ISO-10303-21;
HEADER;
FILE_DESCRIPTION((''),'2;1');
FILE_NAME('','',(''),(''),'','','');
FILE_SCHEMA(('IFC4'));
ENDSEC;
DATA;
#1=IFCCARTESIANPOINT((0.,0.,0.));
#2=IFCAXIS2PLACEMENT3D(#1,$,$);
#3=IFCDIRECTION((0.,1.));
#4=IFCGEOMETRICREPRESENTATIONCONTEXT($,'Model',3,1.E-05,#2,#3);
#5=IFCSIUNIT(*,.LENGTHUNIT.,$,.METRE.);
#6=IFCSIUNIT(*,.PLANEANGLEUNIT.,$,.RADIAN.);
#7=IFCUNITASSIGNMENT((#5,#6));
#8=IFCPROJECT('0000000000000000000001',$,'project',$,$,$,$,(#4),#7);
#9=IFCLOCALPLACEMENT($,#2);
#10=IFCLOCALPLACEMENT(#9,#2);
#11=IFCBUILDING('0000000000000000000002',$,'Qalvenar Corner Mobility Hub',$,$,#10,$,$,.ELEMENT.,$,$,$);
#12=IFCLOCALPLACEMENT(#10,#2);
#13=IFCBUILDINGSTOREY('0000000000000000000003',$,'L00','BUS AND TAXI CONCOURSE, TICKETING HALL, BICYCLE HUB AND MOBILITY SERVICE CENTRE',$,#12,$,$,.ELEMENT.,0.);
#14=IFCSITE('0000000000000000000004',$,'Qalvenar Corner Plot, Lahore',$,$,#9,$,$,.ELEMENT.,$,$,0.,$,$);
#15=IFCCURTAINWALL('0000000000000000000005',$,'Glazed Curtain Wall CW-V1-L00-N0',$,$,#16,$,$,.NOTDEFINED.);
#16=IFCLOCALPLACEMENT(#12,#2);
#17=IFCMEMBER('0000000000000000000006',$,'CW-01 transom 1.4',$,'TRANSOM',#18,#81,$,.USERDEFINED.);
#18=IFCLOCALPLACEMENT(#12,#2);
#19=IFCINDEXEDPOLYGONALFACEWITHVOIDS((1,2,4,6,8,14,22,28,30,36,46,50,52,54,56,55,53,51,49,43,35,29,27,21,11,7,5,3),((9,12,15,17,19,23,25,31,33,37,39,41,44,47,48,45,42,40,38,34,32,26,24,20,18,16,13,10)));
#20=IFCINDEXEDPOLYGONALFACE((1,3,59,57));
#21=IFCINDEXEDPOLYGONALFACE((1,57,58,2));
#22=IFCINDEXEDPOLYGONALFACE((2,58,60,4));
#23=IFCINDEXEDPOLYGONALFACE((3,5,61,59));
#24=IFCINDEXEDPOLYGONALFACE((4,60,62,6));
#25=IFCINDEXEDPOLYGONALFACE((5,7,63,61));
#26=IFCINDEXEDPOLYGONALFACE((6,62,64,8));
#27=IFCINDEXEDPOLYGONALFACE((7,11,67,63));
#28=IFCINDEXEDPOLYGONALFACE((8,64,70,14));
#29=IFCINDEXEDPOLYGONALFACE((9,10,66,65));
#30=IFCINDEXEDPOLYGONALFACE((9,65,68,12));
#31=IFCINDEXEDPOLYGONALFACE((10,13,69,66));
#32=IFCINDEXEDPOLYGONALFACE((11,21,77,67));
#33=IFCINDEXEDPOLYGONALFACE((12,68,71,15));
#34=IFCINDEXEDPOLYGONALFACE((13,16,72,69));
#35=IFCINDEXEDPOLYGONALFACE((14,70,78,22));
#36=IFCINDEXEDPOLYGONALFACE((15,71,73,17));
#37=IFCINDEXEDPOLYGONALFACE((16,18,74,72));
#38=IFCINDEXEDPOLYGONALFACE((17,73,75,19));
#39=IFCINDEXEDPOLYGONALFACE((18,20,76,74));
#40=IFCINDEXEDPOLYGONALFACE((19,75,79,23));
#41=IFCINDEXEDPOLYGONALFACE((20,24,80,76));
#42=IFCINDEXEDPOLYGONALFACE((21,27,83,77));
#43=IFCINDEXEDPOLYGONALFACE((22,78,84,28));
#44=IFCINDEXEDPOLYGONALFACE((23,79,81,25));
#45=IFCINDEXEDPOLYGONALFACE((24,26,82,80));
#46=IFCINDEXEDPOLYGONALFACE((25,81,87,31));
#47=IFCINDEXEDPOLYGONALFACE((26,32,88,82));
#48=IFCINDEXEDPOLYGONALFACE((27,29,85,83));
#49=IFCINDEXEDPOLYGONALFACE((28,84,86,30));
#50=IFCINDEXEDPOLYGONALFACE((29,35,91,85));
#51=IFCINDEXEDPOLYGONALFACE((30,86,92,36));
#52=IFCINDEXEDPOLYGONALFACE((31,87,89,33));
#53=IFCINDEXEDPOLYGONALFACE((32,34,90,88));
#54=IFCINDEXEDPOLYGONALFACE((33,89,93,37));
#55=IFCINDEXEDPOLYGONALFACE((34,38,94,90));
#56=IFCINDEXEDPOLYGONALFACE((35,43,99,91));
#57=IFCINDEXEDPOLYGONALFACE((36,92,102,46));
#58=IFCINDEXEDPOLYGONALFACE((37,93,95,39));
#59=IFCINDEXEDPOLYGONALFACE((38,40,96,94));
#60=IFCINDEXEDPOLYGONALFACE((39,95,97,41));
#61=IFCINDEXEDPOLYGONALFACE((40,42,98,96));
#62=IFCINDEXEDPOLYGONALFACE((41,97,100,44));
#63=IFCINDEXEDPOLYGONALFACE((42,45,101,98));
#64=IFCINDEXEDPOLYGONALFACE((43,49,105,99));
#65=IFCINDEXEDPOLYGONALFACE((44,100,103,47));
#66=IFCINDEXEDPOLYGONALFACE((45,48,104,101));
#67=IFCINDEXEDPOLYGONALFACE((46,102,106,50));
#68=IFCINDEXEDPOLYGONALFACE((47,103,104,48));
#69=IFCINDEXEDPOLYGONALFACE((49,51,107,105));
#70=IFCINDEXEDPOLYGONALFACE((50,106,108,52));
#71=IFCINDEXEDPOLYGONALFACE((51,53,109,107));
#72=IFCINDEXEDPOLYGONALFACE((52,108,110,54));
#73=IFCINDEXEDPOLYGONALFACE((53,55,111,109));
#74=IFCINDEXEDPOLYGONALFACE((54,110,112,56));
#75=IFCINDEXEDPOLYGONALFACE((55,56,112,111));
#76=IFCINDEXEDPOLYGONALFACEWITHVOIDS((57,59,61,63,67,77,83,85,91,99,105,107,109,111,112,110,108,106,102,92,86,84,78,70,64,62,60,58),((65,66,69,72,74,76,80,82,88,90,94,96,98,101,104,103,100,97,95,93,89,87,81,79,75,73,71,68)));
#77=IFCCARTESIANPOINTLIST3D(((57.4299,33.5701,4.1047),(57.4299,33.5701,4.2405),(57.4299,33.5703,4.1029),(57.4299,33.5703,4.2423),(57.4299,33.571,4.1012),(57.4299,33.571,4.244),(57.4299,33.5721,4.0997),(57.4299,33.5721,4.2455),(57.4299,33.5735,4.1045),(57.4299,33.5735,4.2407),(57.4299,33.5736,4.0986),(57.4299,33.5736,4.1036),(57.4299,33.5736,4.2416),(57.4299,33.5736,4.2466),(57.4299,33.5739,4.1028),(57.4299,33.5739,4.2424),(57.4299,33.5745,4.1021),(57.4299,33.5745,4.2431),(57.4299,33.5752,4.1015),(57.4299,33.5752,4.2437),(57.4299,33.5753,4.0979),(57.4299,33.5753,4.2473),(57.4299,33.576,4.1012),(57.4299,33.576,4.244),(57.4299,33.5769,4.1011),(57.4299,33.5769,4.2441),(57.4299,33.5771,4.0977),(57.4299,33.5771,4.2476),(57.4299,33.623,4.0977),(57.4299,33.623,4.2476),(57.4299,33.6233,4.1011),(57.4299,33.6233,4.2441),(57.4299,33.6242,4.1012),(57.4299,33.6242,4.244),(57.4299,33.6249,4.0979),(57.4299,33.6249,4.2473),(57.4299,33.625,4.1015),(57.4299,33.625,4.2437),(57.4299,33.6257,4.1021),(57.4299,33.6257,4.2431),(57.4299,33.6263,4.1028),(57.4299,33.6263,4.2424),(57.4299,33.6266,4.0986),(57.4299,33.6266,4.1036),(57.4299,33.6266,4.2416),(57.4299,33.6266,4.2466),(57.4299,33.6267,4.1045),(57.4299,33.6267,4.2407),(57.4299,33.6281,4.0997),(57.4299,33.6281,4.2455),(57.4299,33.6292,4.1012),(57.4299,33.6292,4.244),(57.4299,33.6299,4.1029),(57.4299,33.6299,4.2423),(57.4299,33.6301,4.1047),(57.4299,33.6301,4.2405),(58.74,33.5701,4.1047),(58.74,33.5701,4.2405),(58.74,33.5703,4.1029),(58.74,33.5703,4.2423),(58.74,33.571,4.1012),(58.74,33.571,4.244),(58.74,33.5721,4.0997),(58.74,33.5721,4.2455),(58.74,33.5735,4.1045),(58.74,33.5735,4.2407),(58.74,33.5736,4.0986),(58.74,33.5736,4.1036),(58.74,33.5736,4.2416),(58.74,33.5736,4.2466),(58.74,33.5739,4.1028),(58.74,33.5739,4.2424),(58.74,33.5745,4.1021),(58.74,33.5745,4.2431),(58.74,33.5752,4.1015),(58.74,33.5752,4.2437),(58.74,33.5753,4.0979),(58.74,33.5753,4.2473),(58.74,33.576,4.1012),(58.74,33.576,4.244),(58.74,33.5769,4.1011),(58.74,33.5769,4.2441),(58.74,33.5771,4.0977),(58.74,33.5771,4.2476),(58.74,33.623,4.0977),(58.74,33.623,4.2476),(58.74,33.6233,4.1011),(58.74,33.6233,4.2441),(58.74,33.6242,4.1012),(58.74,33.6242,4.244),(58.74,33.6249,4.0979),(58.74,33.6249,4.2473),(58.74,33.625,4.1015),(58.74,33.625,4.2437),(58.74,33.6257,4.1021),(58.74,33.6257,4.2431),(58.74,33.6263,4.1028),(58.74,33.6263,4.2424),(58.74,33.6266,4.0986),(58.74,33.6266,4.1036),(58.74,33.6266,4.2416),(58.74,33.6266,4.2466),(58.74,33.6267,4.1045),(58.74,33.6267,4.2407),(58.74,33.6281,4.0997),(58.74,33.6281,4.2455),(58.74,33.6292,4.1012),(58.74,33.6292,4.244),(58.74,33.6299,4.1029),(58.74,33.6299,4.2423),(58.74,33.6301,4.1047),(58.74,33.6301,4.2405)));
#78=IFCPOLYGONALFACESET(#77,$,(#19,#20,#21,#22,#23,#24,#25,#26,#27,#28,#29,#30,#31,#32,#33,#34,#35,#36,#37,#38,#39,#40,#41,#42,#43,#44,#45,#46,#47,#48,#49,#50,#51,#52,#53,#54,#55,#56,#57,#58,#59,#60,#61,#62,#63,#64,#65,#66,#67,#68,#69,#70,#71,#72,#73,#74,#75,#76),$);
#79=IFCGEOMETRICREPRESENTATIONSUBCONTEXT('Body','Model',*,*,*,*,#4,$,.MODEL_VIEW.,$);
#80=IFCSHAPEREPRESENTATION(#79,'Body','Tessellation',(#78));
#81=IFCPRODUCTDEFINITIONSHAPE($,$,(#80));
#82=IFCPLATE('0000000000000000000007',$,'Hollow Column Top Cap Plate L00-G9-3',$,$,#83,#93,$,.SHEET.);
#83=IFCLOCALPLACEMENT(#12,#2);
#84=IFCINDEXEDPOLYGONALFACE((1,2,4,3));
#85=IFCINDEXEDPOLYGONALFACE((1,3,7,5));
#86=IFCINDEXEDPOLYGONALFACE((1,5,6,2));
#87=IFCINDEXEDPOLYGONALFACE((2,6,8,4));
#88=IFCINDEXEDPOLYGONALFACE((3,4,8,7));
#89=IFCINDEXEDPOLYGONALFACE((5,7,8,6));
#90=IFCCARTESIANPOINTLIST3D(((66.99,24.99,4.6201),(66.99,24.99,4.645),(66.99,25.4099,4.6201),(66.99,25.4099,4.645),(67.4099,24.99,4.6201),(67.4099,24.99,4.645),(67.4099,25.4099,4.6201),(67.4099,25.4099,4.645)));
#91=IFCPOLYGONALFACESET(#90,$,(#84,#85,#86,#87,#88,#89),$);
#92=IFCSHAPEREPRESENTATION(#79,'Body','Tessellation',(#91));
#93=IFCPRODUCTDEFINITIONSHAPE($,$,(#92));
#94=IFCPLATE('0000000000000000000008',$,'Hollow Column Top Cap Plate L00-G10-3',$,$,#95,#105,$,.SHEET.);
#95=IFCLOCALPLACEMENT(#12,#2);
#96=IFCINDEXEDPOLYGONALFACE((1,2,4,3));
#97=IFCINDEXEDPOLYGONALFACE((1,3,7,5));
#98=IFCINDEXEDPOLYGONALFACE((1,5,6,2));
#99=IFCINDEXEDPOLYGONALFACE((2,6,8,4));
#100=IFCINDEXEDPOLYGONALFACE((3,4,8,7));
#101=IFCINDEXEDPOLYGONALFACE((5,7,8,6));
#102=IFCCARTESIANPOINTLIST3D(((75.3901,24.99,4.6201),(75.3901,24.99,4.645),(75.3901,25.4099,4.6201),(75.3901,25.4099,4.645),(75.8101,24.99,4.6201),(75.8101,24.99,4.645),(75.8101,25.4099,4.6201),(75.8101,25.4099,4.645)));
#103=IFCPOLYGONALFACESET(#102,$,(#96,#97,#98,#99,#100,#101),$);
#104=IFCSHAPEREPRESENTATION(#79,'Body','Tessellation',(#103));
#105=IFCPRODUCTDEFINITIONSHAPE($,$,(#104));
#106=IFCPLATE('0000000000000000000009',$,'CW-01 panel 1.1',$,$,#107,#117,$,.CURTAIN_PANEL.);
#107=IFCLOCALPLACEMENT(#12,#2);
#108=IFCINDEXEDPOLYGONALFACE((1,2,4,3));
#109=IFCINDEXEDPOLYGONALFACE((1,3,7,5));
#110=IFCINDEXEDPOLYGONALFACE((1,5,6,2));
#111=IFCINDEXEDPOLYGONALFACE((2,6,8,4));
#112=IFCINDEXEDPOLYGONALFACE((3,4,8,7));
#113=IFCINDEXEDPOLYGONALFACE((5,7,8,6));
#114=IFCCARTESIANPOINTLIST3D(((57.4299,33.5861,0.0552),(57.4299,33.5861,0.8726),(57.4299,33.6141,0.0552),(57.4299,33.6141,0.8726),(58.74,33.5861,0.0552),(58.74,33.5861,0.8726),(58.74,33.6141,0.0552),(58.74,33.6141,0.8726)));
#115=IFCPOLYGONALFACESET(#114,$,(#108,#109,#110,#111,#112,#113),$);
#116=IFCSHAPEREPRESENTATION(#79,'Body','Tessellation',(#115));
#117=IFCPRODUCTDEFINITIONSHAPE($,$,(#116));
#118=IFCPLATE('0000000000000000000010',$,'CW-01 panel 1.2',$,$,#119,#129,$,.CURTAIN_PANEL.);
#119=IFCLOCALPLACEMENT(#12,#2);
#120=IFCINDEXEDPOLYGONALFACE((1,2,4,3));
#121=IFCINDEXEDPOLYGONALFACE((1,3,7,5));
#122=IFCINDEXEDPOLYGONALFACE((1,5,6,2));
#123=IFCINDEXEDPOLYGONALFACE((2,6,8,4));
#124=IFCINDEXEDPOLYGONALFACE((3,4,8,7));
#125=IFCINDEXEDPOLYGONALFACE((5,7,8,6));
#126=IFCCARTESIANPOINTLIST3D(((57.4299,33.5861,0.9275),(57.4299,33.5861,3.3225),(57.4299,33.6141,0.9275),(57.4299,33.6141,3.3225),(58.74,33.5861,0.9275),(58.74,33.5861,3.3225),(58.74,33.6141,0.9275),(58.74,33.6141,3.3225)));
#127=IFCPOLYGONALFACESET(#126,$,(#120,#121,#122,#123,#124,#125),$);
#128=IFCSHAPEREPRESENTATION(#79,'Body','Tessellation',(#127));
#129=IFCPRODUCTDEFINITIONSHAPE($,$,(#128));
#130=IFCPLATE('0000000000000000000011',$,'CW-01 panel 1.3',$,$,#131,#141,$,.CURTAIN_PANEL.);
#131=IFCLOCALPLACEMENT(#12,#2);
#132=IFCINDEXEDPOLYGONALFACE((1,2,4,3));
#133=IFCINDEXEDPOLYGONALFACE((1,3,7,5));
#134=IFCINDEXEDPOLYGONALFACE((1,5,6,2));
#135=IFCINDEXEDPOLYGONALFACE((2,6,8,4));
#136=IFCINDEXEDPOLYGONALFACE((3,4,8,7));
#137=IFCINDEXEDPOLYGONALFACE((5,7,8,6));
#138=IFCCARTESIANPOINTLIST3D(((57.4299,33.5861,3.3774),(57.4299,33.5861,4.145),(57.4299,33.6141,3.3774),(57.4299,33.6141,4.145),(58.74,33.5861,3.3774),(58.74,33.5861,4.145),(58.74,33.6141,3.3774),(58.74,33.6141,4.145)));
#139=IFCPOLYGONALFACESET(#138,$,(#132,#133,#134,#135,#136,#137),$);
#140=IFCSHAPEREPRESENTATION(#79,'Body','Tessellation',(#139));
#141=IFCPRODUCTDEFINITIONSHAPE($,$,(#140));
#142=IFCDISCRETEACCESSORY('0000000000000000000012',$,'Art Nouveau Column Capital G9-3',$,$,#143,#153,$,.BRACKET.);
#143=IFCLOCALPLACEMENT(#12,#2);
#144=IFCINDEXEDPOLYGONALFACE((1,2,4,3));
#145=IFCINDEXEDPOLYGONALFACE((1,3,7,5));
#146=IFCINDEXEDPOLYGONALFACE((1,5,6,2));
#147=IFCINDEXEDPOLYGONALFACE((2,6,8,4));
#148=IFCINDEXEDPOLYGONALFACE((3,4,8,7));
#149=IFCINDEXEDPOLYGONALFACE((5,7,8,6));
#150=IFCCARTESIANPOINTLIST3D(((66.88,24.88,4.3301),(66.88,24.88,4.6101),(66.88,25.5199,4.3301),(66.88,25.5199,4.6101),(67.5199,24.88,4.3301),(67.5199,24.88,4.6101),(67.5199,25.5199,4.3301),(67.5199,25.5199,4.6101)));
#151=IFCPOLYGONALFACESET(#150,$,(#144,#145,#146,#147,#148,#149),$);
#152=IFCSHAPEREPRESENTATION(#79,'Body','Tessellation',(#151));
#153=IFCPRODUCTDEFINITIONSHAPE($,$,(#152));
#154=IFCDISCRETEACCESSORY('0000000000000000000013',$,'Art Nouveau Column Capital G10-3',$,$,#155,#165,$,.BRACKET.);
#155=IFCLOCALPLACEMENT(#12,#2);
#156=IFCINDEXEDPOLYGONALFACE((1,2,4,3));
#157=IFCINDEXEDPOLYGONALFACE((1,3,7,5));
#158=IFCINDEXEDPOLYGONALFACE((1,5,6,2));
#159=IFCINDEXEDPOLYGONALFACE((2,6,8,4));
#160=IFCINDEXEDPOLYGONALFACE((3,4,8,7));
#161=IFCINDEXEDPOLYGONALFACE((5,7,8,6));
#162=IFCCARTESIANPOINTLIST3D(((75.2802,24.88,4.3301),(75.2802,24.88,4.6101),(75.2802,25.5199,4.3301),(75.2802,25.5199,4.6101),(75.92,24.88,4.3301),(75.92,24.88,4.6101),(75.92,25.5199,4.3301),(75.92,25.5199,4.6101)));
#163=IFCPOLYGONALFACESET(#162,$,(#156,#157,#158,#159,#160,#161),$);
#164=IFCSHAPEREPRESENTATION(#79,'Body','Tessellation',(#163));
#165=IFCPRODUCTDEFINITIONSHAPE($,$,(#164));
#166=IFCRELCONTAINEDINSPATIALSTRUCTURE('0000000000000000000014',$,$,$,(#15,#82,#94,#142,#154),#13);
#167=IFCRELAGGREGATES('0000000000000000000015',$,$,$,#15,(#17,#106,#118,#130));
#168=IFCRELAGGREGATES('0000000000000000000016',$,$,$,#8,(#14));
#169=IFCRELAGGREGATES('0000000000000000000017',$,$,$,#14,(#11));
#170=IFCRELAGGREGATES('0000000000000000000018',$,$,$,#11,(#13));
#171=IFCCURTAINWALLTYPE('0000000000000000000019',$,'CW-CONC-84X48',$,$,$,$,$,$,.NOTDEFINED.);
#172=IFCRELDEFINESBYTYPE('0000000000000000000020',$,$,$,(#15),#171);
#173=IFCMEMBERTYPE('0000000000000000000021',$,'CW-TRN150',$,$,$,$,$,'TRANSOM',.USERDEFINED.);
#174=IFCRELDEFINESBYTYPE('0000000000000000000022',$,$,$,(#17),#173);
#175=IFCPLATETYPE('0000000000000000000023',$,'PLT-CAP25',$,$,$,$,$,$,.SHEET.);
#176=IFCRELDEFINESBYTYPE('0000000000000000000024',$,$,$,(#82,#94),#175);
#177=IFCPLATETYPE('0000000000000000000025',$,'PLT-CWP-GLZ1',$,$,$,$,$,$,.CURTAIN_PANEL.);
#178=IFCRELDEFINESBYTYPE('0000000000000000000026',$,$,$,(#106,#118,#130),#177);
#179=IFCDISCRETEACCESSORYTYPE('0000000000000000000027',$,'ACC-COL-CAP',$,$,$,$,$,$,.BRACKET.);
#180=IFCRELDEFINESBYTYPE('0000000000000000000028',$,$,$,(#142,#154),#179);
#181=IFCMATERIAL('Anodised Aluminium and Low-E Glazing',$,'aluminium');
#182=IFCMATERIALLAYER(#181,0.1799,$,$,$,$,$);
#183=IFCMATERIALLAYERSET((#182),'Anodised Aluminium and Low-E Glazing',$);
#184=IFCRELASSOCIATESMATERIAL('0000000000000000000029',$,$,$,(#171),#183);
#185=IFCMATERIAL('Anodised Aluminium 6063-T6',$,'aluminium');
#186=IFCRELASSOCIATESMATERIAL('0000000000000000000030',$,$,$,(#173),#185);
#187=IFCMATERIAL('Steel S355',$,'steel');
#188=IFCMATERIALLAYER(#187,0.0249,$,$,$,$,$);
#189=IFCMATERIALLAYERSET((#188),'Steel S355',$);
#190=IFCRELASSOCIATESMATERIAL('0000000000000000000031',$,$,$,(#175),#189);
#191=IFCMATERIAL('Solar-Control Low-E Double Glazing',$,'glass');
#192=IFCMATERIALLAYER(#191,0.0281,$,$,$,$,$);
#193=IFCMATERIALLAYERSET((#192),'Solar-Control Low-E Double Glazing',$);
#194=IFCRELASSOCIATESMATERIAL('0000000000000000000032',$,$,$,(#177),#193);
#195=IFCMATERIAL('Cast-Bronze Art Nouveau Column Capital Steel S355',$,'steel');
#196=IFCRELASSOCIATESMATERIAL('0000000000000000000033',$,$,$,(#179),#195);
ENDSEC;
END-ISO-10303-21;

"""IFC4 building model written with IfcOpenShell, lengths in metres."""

from ifc_helpers import new_model, si_unit, direction, frame, origin, origin_2d, place, context, subcontext, project, spatial, rectangle, hollow_rectangle, extrude, material, layer, layer_set, material_profile, profile_set, type_object, element, aggregate, save


model = new_model("IFC4")

# Units and contexts
model_context = context("Model", 3, precision=1e-05, world=origin(), true_north=direction((0.0, 1.0)))
body_context = subcontext(model_context, "Body", "Model", "MODEL_VIEW")
ifc_project = project(units=[si_unit("LENGTHUNIT", "METRE"), si_unit("PLANEANGLEUNIT", "RADIAN")], contexts=[model_context])

# Site, building, storey
site_placement = place(None, origin())
site = spatial("IfcSite", under=ifc_project, at=site_placement, Name="Qalvenar Corner Plot, Lahore", CompositionType="ELEMENT", RefElevation=0.0)
building_placement = place(site_placement, origin())
building = spatial("IfcBuilding", under=site, at=building_placement, Name="Qalvenar Corner Mobility Hub", CompositionType="ELEMENT")
storey_placement = place(building_placement, origin())
storey = spatial("IfcBuildingStorey", under=building, at=storey_placement, Name="L00", Description="BUS AND TAXI CONCOURSE, TICKETING HALL, BICYCLE HUB AND MOBILITY SERVICE CENTRE", CompositionType="ELEMENT", Elevation=0.0)

# Curtain wall, member
ifc_material_1 = material(Name="Anodised Aluminium and Low-E Glazing", Category="aluminium")
ifc_layer_1 = layer(ifc_material_1, 0.1799)
ifc_layer_set_1 = layer_set([ifc_layer_1], Name="Anodised Aluminium and Low-E Glazing")
curtain_wall_type = type_object("IfcCurtainWallType", Name="CW-CONC-84X48", PredefinedType="NOTDEFINED", material=ifc_layer_set_1)
curtain_wall_placement = place(storey_placement, origin())
curtain_wall = element("IfcCurtainWall", 1, at=curtain_wall_placement, inside=storey, type_object=curtain_wall_type, Name="Glazed Curtain Wall CW-V1-L00-N0", PredefinedType="NOTDEFINED")
ifc_material_2 = material(Name="Anodised Aluminium 6063-T6", Category="aluminium")
ifc_material_profile_1 = material_profile(ifc_material_2, hollow_rectangle(XDim=0.0601, YDim=0.1499, WallThickness=0.0034, InnerFilletRadius=0.0034, OuterFilletRadius=0.0071, at=origin_2d()), Name="RHS150x60x3.5")
ifc_profile_set_1 = profile_set([ifc_material_profile_1], Name="Anodised Aluminium 6063-T6")
member_type_1 = type_object("IfcMemberType", Name="CW-TRN150", ElementType="TRANSOM", PredefinedType="USERDEFINED", material=ifc_profile_set_1)
member_1_placement = place(storey_placement, frame((58.74, 33.6001, 4.1726), z_axis=(-1.0, 0.0, 0.0), x_axis=(0.0, -1.0, 0.0)))
member_1 = element("IfcMember", 2, at=member_1_placement, type_object=member_type_1, Name="CW-01 transom 1.4", ObjectType="TRANSOM", PredefinedType="USERDEFINED", context=body_context, shape_type="SweptSolid", body=[
    extrude(hollow_rectangle(XDim=0.0601, YDim=0.1499, WallThickness=0.0034, InnerFilletRadius=0.0034, OuterFilletRadius=0.0071, at=origin_2d()), origin(), (0.0, 0.0, 1.0), 1.3101),
])

# Plates
ifc_material_3 = material(Name="Steel S355", Category="steel")
ifc_layer_2 = layer(ifc_material_3, 0.0249)
ifc_layer_set_2 = layer_set([ifc_layer_2], Name="Steel S355")
plate_type_1 = type_object("IfcPlateType", Name="PLT-CAP25", PredefinedType="SHEET", material=ifc_layer_set_2)
for number, where, z_axis, x_axis, name in (
    (3, (67.2, 25.2, 4.6201), (0.0, 0.0, 1.0), (1.0, 0.0, 0.0), "Hollow Column Top Cap Plate L00-G9-3"),
    (4, (75.6001, 25.2, 4.6201), (0.0, 0.0, 1.0), (1.0, 0.0, 0.0), "Hollow Column Top Cap Plate L00-G10-3"),
):
    element("IfcPlate", number, at=place(storey_placement, frame(where, z_axis=z_axis, x_axis=x_axis)), inside=storey, type_object=plate_type_1, Name=name, PredefinedType="SHEET", context=body_context, shape_type="SweptSolid", body=[
        extrude(rectangle(XDim=0.4199, YDim=0.4199, at=origin_2d()), origin(), (0.0, 0.0, 1.0), 0.0249),
    ])

# Plates
ifc_material_4 = material(Name="Solar-Control Low-E Double Glazing", Category="glass")
ifc_layer_3 = layer(ifc_material_4, 0.0281)
ifc_layer_set_3 = layer_set([ifc_layer_3], Name="Solar-Control Low-E Double Glazing")
plate_type_2 = type_object("IfcPlateType", Name="PLT-CWP-GLZ1", PredefinedType="CURTAIN_PANEL", material=ifc_layer_set_3)
plate_1_placement = place(storey_placement, frame((58.085, 33.6001, 0.0552), z_axis=(0.0, 0.0, 1.0), x_axis=(-1.0, 0.0, 0.0)))
plate_1 = element("IfcPlate", 5, at=plate_1_placement, type_object=plate_type_2, Name="CW-01 panel 1.1", PredefinedType="CURTAIN_PANEL", context=body_context, shape_type="SweptSolid", body=[
    extrude(rectangle(XDim=1.3101, YDim=0.0281, at=origin_2d()), origin(), (0.0, 0.0, 1.0), 0.8174),
])
plate_2_placement = place(storey_placement, frame((58.085, 33.6001, 0.9275), z_axis=(0.0, 0.0, 1.0), x_axis=(-1.0, 0.0, 0.0)))
plate_2 = element("IfcPlate", 6, at=plate_2_placement, type_object=plate_type_2, Name="CW-01 panel 1.2", PredefinedType="CURTAIN_PANEL", context=body_context, shape_type="SweptSolid", body=[
    extrude(rectangle(XDim=1.3101, YDim=0.0281, at=origin_2d()), origin(), (0.0, 0.0, 1.0), 2.395),
])
plate_3_placement = place(storey_placement, frame((58.085, 33.6001, 3.3774), z_axis=(0.0, 0.0, 1.0), x_axis=(-1.0, 0.0, 0.0)))
plate_3 = element("IfcPlate", 7, at=plate_3_placement, type_object=plate_type_2, Name="CW-01 panel 1.3", PredefinedType="CURTAIN_PANEL", context=body_context, shape_type="SweptSolid", body=[
    extrude(rectangle(XDim=1.3101, YDim=0.0281, at=origin_2d()), origin(), (0.0, 0.0, 1.0), 0.7676),
])
aggregate(curtain_wall, [member_1, plate_1, plate_2, plate_3])

# Discrete accessories
ifc_material_5 = material(Name="Cast-Bronze Art Nouveau Column Capital Steel S355", Category="steel")
discrete_accessory_type = type_object("IfcDiscreteAccessoryType", Name="ACC-COL-CAP", PredefinedType="BRACKET", material=ifc_material_5)
for number, where, z_axis, x_axis, name in (
    (8, (67.2, 25.2, 4.3301), (0.0, 0.0, 1.0), (1.0, 0.0, 0.0), "Art Nouveau Column Capital G9-3"),
    (9, (75.6001, 25.2, 4.3301), (0.0, 0.0, 1.0), (1.0, 0.0, 0.0), "Art Nouveau Column Capital G10-3"),
):
    element("IfcDiscreteAccessory", number, at=place(storey_placement, frame(where, z_axis=z_axis, x_axis=x_axis)), inside=storey, type_object=discrete_accessory_type, Name=name, PredefinedType="BRACKET", context=body_context, shape_type="SweptSolid", body=[
        extrude(rectangle(XDim=0.6399, YDim=0.6399, at=origin_2d()), origin(), (0.0, 0.0, 1.0), 0.28),
    ])

save(model, "model.ifc")
